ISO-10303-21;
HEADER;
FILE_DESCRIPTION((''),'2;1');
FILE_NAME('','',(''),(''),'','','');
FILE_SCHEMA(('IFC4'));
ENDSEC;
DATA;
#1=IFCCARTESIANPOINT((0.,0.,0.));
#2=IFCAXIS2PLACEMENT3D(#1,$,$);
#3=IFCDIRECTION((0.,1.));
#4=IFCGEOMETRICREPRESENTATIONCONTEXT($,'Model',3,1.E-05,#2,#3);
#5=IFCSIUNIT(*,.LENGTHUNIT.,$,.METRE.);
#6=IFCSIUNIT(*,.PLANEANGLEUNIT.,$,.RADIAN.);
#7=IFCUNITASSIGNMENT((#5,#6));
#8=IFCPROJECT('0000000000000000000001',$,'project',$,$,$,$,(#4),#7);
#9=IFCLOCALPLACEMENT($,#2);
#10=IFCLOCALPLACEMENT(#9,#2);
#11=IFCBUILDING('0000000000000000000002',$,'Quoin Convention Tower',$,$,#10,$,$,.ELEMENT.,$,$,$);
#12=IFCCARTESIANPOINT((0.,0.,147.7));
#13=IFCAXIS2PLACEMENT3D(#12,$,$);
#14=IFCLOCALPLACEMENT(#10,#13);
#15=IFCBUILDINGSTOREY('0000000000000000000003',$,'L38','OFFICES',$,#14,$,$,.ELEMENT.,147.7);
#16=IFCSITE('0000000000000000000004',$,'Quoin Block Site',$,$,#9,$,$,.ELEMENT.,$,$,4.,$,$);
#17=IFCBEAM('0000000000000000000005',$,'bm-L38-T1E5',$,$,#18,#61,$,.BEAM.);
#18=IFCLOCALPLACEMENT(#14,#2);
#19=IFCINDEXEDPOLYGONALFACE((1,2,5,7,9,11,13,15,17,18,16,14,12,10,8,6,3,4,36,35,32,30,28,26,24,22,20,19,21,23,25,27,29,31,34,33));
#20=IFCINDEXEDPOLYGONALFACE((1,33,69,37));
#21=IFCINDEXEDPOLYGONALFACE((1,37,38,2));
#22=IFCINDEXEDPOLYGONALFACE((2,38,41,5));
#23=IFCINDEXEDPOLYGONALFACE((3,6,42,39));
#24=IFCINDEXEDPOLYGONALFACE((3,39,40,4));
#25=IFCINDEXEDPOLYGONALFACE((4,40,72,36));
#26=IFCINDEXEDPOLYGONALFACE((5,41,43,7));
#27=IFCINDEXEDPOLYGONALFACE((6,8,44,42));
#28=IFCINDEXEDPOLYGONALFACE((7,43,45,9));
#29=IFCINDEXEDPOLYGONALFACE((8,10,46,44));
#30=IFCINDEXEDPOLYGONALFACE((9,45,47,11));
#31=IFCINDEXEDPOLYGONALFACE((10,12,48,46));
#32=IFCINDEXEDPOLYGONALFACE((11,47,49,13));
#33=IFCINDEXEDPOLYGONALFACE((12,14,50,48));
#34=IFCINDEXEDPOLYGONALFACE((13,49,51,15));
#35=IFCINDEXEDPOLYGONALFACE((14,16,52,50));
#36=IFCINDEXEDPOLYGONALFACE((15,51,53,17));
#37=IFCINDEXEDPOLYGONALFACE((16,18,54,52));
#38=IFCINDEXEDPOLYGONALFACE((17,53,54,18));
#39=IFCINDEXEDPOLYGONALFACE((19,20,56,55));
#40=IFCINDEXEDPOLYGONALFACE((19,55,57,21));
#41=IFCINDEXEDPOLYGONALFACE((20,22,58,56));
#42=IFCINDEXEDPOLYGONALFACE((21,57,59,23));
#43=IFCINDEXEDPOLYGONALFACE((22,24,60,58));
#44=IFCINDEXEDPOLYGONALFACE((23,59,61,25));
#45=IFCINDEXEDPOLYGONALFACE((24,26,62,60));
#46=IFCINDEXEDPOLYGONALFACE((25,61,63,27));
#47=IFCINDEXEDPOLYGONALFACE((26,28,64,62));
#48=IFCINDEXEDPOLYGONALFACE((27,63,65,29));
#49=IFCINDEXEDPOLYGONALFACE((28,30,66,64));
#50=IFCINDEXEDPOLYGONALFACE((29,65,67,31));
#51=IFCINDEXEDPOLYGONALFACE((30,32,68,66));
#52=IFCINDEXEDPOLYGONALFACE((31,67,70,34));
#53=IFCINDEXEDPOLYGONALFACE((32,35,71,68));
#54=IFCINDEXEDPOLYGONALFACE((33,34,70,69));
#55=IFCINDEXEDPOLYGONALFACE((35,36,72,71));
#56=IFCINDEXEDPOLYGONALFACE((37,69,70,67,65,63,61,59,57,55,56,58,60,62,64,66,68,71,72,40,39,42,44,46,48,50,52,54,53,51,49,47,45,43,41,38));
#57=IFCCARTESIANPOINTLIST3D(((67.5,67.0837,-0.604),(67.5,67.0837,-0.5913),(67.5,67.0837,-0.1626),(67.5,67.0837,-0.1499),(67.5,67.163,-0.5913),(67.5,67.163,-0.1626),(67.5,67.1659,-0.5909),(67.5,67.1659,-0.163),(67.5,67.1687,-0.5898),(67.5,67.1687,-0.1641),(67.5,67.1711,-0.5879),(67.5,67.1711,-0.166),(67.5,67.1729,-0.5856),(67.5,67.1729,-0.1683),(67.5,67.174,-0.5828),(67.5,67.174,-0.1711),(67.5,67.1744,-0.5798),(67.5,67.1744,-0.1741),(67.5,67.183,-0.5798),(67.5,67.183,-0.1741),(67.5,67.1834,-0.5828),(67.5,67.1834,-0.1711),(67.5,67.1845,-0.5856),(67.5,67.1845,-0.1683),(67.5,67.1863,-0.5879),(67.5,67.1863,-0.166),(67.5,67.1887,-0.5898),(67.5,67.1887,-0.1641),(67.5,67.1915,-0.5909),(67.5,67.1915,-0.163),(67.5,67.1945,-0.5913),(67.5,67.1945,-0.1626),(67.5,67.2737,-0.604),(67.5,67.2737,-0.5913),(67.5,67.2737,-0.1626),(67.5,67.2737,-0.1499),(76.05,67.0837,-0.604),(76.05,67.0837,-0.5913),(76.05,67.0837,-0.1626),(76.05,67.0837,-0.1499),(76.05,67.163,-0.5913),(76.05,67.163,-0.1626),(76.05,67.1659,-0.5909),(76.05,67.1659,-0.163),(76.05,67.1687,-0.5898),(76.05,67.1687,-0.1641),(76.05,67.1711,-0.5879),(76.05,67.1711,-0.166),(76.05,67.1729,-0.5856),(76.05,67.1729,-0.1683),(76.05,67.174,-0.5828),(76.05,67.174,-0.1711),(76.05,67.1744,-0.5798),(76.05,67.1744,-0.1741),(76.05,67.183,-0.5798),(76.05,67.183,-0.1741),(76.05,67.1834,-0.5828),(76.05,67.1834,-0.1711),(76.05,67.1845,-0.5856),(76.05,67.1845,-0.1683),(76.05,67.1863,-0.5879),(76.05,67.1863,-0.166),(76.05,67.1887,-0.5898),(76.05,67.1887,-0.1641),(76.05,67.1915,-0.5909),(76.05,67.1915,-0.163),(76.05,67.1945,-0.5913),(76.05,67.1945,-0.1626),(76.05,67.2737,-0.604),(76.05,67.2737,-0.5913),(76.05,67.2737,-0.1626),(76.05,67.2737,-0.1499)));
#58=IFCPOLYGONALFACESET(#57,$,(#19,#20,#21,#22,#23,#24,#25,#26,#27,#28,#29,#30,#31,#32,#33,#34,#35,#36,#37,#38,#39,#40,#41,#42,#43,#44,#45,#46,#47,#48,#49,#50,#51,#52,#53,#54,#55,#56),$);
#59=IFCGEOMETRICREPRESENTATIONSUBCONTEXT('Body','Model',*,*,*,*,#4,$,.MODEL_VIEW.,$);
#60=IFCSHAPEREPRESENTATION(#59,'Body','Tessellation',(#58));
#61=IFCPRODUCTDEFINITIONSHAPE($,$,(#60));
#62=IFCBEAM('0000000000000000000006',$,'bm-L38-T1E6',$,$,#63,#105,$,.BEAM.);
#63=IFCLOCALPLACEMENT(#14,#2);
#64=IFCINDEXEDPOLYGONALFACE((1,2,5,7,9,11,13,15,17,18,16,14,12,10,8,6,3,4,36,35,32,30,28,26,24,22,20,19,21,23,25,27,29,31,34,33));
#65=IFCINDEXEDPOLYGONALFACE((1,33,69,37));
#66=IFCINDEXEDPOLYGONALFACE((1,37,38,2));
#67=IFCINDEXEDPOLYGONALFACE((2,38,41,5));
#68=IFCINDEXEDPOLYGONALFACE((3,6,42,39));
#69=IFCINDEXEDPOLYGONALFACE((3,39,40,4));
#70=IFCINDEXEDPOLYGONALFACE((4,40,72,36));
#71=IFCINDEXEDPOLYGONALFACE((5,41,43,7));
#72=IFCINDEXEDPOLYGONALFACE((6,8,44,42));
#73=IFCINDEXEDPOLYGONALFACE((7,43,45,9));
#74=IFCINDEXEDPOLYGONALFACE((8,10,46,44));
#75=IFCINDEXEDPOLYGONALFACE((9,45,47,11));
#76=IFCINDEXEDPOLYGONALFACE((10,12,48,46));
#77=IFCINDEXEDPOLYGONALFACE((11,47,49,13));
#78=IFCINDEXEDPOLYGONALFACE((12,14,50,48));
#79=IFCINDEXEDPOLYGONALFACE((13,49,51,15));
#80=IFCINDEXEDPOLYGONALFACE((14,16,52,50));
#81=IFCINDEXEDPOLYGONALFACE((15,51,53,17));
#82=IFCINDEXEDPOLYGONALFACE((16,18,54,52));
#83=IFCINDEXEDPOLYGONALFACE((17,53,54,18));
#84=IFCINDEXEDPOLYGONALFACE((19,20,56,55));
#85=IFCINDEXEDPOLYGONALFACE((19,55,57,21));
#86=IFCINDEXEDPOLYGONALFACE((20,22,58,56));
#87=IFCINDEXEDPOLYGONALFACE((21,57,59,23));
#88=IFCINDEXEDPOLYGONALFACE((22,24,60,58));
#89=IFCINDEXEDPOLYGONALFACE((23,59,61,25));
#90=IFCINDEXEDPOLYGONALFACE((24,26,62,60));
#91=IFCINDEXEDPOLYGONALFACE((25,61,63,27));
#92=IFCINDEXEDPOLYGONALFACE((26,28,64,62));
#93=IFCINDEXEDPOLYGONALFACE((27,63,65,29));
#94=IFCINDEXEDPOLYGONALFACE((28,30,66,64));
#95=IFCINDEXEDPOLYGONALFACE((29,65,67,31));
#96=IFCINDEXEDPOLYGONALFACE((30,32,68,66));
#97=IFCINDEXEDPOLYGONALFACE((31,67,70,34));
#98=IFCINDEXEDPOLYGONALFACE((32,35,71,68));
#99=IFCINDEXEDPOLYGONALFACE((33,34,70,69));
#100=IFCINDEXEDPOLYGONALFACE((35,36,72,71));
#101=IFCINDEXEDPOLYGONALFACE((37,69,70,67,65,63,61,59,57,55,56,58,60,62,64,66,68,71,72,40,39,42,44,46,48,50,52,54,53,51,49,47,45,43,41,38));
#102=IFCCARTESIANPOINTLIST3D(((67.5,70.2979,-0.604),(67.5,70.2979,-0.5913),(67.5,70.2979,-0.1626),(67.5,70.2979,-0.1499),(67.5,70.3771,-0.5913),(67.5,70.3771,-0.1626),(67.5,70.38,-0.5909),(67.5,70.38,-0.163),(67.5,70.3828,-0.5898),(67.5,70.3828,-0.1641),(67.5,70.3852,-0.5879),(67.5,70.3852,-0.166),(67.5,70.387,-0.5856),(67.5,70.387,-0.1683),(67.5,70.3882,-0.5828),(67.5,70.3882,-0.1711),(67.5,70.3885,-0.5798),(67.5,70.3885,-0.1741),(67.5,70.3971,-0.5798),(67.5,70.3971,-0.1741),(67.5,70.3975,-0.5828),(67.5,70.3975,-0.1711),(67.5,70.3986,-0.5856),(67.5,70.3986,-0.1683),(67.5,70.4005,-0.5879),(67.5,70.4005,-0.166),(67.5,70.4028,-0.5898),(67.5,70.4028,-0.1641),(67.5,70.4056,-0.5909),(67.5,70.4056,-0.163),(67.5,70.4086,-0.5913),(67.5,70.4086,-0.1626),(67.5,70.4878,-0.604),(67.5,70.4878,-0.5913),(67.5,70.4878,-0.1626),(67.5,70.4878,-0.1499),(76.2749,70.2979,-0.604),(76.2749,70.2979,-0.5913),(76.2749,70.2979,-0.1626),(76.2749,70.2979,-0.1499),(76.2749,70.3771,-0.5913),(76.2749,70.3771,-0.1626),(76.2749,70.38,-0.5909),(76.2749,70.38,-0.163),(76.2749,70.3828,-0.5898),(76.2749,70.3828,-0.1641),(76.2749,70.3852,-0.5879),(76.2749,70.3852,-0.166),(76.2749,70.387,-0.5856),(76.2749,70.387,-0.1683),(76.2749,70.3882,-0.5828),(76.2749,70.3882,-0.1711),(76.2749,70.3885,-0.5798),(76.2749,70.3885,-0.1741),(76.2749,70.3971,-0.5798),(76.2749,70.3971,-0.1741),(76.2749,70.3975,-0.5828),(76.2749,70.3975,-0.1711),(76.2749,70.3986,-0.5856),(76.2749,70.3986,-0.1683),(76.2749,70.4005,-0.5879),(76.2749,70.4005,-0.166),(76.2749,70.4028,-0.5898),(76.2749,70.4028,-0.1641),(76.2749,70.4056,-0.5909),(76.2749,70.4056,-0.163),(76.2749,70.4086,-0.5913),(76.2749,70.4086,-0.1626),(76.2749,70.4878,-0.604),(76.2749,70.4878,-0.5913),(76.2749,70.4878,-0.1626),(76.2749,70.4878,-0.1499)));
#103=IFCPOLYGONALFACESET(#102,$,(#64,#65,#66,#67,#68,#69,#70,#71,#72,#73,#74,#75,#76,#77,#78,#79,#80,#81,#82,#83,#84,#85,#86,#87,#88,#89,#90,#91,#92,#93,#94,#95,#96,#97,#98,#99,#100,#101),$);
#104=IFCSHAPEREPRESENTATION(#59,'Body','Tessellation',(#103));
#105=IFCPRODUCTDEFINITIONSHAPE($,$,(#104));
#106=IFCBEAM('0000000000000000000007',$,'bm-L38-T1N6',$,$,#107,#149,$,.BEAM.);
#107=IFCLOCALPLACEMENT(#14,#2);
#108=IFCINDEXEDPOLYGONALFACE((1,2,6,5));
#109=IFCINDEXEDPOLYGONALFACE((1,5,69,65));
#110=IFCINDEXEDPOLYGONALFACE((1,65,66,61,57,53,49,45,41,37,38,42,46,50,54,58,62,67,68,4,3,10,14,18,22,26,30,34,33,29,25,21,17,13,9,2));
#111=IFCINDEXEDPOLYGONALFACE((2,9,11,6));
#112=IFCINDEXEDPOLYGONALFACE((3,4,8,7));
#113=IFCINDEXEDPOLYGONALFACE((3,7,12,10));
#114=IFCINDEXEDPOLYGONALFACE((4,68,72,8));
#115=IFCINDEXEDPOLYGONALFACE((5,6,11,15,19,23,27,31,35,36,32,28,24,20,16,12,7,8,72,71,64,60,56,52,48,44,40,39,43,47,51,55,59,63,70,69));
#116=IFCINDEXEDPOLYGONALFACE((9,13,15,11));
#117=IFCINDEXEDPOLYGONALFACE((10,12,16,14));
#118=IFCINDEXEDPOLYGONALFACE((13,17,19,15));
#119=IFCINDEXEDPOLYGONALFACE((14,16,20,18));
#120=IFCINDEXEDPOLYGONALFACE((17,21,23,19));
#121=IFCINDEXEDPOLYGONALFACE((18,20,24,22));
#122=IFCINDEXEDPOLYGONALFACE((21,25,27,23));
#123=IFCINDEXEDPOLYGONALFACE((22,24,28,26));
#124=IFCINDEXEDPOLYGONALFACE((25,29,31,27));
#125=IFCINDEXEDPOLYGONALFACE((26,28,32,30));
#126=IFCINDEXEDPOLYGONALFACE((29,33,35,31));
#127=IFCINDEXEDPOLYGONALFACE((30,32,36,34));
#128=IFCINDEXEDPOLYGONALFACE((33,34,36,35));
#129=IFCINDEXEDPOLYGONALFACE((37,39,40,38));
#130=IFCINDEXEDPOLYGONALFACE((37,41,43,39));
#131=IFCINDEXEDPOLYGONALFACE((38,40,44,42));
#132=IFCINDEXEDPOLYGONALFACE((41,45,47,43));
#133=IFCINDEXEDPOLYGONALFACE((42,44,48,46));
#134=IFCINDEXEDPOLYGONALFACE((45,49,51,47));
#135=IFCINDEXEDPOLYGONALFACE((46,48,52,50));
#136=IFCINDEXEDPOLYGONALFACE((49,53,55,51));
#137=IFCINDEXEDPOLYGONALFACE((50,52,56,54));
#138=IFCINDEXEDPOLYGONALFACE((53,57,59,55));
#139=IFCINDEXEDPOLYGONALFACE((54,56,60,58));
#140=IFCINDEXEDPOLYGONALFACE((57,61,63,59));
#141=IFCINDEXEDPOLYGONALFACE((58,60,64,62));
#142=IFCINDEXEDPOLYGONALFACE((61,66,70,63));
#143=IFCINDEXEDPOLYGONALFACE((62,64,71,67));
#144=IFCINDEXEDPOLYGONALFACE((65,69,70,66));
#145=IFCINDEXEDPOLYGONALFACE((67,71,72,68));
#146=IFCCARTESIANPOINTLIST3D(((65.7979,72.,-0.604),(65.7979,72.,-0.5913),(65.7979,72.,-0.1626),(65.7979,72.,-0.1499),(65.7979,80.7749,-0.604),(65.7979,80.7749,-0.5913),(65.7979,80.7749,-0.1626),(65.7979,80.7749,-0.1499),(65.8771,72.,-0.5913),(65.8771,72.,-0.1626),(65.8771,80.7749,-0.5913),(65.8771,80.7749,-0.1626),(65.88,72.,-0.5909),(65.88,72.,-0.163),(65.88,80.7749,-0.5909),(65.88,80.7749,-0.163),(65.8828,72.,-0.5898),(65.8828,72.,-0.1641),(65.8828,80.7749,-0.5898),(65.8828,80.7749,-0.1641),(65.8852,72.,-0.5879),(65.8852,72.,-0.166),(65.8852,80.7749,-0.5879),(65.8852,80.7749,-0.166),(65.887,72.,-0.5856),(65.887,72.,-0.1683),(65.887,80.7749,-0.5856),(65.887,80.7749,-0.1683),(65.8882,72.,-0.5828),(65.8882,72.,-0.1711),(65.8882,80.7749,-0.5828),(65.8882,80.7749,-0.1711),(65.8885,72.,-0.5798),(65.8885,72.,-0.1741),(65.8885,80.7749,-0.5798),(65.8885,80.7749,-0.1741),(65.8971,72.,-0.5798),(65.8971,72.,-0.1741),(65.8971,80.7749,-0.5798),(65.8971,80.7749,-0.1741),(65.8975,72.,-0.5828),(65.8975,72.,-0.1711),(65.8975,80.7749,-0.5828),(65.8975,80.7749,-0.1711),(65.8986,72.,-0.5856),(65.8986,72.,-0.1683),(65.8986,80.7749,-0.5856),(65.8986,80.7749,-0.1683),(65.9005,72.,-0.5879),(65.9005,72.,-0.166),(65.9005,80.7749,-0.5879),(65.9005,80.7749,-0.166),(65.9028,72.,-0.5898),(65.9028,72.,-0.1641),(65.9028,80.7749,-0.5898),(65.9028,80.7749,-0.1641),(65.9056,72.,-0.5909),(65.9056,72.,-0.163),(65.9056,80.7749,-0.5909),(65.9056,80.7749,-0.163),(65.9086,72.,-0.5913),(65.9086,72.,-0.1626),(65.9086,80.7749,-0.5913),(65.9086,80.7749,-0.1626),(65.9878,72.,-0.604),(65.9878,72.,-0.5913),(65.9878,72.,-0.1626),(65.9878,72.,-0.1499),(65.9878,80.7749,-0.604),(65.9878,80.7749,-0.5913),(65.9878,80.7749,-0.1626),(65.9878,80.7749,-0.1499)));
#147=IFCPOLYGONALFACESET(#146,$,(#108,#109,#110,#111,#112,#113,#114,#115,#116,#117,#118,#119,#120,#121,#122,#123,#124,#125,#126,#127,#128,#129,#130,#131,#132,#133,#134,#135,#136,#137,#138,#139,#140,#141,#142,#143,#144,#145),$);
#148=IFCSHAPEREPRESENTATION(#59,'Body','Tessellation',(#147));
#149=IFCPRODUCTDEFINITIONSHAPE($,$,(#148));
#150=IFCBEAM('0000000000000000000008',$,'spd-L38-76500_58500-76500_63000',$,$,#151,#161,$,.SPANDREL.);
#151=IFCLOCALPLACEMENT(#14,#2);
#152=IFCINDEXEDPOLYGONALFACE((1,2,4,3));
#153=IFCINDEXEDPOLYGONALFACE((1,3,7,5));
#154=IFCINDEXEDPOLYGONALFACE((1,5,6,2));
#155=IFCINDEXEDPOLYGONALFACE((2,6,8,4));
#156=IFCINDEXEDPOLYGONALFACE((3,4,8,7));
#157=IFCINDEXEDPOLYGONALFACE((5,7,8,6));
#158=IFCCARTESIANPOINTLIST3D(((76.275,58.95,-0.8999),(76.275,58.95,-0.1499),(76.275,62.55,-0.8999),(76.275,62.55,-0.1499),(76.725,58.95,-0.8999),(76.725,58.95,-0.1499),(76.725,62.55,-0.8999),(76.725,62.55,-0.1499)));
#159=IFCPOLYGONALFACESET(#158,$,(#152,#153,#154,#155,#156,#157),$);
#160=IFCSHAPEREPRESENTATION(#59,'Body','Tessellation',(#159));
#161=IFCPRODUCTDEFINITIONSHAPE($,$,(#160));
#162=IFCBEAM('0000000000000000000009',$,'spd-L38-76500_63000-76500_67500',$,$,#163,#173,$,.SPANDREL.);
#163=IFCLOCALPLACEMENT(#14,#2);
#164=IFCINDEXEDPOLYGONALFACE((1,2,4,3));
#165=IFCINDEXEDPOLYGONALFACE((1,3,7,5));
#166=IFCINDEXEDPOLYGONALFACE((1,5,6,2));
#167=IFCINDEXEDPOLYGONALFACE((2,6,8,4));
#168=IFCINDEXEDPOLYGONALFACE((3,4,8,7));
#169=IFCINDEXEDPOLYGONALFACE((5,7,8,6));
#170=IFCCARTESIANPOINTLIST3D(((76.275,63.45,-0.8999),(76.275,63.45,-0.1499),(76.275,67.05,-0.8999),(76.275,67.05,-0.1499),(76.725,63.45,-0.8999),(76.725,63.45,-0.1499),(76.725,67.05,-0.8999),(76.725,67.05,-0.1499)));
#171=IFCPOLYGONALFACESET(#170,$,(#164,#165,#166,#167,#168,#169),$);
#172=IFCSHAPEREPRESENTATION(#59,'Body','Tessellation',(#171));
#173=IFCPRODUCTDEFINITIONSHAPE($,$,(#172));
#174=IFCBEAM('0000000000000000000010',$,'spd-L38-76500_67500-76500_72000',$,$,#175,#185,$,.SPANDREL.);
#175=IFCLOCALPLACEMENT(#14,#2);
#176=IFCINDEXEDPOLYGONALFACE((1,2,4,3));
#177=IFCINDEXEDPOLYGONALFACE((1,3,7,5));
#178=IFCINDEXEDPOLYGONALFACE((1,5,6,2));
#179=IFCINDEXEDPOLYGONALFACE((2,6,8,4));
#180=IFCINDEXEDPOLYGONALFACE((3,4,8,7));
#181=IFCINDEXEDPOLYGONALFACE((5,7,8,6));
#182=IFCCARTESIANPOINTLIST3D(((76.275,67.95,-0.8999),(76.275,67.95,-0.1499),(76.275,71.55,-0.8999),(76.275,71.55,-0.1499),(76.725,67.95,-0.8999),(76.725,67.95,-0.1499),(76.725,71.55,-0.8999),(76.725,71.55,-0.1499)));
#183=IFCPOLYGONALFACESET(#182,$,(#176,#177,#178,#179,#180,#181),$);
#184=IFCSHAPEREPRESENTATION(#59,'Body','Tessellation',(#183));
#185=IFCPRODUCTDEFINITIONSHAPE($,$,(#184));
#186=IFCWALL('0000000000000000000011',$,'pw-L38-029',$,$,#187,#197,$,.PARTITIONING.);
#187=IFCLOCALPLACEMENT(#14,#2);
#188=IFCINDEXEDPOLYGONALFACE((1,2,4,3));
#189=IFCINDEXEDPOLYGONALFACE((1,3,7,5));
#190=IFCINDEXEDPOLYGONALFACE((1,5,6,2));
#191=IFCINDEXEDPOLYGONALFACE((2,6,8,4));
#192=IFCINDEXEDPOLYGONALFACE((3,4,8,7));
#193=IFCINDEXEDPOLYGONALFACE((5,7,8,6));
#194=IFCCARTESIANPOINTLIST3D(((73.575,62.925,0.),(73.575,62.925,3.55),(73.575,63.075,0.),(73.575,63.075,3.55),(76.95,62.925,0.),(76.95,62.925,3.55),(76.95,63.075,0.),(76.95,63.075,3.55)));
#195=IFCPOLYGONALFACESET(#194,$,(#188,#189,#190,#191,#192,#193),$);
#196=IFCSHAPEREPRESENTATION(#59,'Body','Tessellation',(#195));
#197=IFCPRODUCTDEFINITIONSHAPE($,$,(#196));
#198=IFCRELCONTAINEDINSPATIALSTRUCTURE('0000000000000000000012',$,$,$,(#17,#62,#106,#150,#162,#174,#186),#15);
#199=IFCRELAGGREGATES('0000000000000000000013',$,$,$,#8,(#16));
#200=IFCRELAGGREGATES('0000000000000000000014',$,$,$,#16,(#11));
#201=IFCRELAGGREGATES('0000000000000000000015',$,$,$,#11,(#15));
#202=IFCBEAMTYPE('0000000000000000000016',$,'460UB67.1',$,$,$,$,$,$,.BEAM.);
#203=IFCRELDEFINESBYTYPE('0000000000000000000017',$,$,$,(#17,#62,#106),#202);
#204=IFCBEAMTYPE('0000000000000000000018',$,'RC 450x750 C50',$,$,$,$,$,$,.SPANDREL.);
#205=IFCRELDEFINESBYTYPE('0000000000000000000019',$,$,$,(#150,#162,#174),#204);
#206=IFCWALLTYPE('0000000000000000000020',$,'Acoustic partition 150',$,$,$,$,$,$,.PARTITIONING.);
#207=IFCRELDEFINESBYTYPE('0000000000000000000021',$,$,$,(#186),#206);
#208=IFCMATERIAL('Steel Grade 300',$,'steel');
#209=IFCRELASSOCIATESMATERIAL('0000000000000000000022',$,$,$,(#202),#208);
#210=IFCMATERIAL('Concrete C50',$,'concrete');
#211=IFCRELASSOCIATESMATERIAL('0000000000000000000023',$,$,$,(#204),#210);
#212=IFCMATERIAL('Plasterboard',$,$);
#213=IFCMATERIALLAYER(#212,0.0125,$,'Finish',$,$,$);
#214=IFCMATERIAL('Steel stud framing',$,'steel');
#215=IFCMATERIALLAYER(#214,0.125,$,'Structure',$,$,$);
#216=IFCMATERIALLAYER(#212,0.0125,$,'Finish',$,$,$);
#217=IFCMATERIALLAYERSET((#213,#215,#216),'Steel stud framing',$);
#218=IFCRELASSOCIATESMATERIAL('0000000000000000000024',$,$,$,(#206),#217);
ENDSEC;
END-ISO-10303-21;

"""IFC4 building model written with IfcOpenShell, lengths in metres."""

from ifc_helpers import new_model, si_unit, direction, frame, frame_2d, origin, origin_2d, place, context, subcontext, project, spatial, rectangle, i_section, extrude, material, layer, layer_set, material_profile, profile_set, type_object, element, save


model = new_model("IFC4")

# Units and contexts
model_context = context("Model", 3, precision=1e-05, world=origin(), true_north=direction((0.0, 1.0)))
body_context = subcontext(model_context, "Body", "Model", "MODEL_VIEW")
ifc_project = project(units=[si_unit("LENGTHUNIT", "METRE"), si_unit("PLANEANGLEUNIT", "RADIAN")], contexts=[model_context])

# Site, building, storey
site_placement = place(None, origin())
site = spatial("IfcSite", under=ifc_project, at=site_placement, Name="Quoin Block Site", CompositionType="ELEMENT", RefElevation=4.0)
building_placement = place(site_placement, origin())
building = spatial("IfcBuilding", under=site, at=building_placement, Name="Quoin Convention Tower", CompositionType="ELEMENT")
storey_placement = place(building_placement, frame((0.0, 0.0, 147.7)))
storey = spatial("IfcBuildingStorey", under=building, at=storey_placement, Name="L38", Description="OFFICES", CompositionType="ELEMENT", Elevation=147.7)

# Shared definitions
ifc_material_1 = material(Name="Concrete C50", Category="concrete")

# Beams
ifc_material_2 = material(Name="Steel Grade 300", Category="steel")
ifc_material_profile_1 = material_profile(ifc_material_2, i_section(OverallWidth=0.1899, OverallDepth=0.4541, WebThickness=0.0085, FlangeThickness=0.0127, FilletRadius=0.0115, at=origin_2d()), Name="460UB67.1")
ifc_profile_set_1 = profile_set([ifc_material_profile_1], Name="Steel Grade 300")
beam_type_1 = type_object("IfcBeamType", Name="460UB67.1", PredefinedType="BEAM", material=ifc_profile_set_1)
beam_placement = place(storey_placement, frame((67.5, 67.1787, -0.377), z_axis=(1.0, 0.0, 0.0), x_axis=(0.0, 1.0, 0.0)))
element("IfcBeam", 1, at=beam_placement, inside=storey, type_object=beam_type_1, Name="bm-L38-T1E5", PredefinedType="BEAM", context=body_context, shape_type="SweptSolid", body=[
    extrude(i_section(OverallWidth=0.1899, OverallDepth=0.4541, WebThickness=0.0085, FlangeThickness=0.0127, FilletRadius=0.0115, at=origin_2d()), origin(), (0.0, 0.0, 1.0), 8.55),
])
for number, where, z_axis, x_axis, name in (
    (2, (67.5, 70.3928, -0.377), (1.0, 0.0, 0.0), (0.0, 1.0, 0.0), "bm-L38-T1E6"),
    (3, (65.8928, 72.0, -0.377), (0.0, 1.0, 0.0), (-1.0, 0.0, 0.0), "bm-L38-T1N6"),
):
    element("IfcBeam", number, at=place(storey_placement, frame(where, z_axis=z_axis, x_axis=x_axis)), inside=storey, type_object=beam_type_1, Name=name, PredefinedType="BEAM", context=body_context, shape_type="SweptSolid", body=[
        extrude(i_section(OverallWidth=0.1899, OverallDepth=0.4541, WebThickness=0.0085, FlangeThickness=0.0127, FilletRadius=0.0115, at=origin_2d()), origin(), (0.0, 0.0, 1.0), 8.7749),
    ])
ifc_material_profile_2 = material_profile(ifc_material_1, rectangle(XDim=0.45, YDim=0.75, at=origin_2d()), Name="RC 450x750")
ifc_profile_set_2 = profile_set([ifc_material_profile_2], Name="Concrete C50")
beam_type_2 = type_object("IfcBeamType", Name="RC 450x750 C50", PredefinedType="SPANDREL", material=ifc_profile_set_2)
for number, where, z_axis, x_axis, name in (
    (4, (76.5, 58.95, -0.5249), (0.0, 1.0, 0.0), (-1.0, 0.0, 0.0), "spd-L38-76500_58500-76500_63000"),
    (5, (76.5, 63.45, -0.5249), (0.0, 1.0, 0.0), (-1.0, 0.0, 0.0), "spd-L38-76500_63000-76500_67500"),
    (6, (76.5, 67.95, -0.5249), (0.0, 1.0, 0.0), (-1.0, 0.0, 0.0), "spd-L38-76500_67500-76500_72000"),
):
    element("IfcBeam", number, at=place(storey_placement, frame(where, z_axis=z_axis, x_axis=x_axis)), inside=storey, type_object=beam_type_2, Name=name, PredefinedType="SPANDREL", context=body_context, shape_type="SweptSolid", body=[
        extrude(rectangle(XDim=0.45, YDim=0.75, at=origin_2d()), origin(), (0.0, 0.0, 1.0), 3.6001),
    ])

# Wall
ifc_material_3 = material(Name="Plasterboard")
ifc_layer_1 = layer(ifc_material_3, 0.0125, Name="Finish")
ifc_material_4 = material(Name="Steel stud framing", Category="steel")
ifc_layer_2 = layer(ifc_material_4, 0.125, Name="Structure")
ifc_layer_3 = layer(ifc_material_3, 0.0125, Name="Finish")
ifc_layer_set_1 = layer_set([ifc_layer_1, ifc_layer_2, ifc_layer_3], Name="Steel stud framing")
wall_type_1 = type_object("IfcWallType", Name="Acoustic partition 150", PredefinedType="PARTITIONING", material=ifc_layer_set_1)
wall_1_placement = place(storey_placement, frame((73.575, 63.0, 0.0), z_axis=(0.0, 0.0, 1.0), x_axis=(1.0, 0.0, 0.0)))
element("IfcWall", 7, at=wall_1_placement, inside=storey, type_object=wall_type_1, Name="pw-L38-029", PredefinedType="PARTITIONING", context=body_context, shape_type="SweptSolid", body=[
    extrude(rectangle(XDim=3.375, YDim=0.1499, at=frame_2d((1.6875, 0.0))), origin(), (0.0, 0.0, 1.0), 3.55),
])

save(model, "model.ifc")
